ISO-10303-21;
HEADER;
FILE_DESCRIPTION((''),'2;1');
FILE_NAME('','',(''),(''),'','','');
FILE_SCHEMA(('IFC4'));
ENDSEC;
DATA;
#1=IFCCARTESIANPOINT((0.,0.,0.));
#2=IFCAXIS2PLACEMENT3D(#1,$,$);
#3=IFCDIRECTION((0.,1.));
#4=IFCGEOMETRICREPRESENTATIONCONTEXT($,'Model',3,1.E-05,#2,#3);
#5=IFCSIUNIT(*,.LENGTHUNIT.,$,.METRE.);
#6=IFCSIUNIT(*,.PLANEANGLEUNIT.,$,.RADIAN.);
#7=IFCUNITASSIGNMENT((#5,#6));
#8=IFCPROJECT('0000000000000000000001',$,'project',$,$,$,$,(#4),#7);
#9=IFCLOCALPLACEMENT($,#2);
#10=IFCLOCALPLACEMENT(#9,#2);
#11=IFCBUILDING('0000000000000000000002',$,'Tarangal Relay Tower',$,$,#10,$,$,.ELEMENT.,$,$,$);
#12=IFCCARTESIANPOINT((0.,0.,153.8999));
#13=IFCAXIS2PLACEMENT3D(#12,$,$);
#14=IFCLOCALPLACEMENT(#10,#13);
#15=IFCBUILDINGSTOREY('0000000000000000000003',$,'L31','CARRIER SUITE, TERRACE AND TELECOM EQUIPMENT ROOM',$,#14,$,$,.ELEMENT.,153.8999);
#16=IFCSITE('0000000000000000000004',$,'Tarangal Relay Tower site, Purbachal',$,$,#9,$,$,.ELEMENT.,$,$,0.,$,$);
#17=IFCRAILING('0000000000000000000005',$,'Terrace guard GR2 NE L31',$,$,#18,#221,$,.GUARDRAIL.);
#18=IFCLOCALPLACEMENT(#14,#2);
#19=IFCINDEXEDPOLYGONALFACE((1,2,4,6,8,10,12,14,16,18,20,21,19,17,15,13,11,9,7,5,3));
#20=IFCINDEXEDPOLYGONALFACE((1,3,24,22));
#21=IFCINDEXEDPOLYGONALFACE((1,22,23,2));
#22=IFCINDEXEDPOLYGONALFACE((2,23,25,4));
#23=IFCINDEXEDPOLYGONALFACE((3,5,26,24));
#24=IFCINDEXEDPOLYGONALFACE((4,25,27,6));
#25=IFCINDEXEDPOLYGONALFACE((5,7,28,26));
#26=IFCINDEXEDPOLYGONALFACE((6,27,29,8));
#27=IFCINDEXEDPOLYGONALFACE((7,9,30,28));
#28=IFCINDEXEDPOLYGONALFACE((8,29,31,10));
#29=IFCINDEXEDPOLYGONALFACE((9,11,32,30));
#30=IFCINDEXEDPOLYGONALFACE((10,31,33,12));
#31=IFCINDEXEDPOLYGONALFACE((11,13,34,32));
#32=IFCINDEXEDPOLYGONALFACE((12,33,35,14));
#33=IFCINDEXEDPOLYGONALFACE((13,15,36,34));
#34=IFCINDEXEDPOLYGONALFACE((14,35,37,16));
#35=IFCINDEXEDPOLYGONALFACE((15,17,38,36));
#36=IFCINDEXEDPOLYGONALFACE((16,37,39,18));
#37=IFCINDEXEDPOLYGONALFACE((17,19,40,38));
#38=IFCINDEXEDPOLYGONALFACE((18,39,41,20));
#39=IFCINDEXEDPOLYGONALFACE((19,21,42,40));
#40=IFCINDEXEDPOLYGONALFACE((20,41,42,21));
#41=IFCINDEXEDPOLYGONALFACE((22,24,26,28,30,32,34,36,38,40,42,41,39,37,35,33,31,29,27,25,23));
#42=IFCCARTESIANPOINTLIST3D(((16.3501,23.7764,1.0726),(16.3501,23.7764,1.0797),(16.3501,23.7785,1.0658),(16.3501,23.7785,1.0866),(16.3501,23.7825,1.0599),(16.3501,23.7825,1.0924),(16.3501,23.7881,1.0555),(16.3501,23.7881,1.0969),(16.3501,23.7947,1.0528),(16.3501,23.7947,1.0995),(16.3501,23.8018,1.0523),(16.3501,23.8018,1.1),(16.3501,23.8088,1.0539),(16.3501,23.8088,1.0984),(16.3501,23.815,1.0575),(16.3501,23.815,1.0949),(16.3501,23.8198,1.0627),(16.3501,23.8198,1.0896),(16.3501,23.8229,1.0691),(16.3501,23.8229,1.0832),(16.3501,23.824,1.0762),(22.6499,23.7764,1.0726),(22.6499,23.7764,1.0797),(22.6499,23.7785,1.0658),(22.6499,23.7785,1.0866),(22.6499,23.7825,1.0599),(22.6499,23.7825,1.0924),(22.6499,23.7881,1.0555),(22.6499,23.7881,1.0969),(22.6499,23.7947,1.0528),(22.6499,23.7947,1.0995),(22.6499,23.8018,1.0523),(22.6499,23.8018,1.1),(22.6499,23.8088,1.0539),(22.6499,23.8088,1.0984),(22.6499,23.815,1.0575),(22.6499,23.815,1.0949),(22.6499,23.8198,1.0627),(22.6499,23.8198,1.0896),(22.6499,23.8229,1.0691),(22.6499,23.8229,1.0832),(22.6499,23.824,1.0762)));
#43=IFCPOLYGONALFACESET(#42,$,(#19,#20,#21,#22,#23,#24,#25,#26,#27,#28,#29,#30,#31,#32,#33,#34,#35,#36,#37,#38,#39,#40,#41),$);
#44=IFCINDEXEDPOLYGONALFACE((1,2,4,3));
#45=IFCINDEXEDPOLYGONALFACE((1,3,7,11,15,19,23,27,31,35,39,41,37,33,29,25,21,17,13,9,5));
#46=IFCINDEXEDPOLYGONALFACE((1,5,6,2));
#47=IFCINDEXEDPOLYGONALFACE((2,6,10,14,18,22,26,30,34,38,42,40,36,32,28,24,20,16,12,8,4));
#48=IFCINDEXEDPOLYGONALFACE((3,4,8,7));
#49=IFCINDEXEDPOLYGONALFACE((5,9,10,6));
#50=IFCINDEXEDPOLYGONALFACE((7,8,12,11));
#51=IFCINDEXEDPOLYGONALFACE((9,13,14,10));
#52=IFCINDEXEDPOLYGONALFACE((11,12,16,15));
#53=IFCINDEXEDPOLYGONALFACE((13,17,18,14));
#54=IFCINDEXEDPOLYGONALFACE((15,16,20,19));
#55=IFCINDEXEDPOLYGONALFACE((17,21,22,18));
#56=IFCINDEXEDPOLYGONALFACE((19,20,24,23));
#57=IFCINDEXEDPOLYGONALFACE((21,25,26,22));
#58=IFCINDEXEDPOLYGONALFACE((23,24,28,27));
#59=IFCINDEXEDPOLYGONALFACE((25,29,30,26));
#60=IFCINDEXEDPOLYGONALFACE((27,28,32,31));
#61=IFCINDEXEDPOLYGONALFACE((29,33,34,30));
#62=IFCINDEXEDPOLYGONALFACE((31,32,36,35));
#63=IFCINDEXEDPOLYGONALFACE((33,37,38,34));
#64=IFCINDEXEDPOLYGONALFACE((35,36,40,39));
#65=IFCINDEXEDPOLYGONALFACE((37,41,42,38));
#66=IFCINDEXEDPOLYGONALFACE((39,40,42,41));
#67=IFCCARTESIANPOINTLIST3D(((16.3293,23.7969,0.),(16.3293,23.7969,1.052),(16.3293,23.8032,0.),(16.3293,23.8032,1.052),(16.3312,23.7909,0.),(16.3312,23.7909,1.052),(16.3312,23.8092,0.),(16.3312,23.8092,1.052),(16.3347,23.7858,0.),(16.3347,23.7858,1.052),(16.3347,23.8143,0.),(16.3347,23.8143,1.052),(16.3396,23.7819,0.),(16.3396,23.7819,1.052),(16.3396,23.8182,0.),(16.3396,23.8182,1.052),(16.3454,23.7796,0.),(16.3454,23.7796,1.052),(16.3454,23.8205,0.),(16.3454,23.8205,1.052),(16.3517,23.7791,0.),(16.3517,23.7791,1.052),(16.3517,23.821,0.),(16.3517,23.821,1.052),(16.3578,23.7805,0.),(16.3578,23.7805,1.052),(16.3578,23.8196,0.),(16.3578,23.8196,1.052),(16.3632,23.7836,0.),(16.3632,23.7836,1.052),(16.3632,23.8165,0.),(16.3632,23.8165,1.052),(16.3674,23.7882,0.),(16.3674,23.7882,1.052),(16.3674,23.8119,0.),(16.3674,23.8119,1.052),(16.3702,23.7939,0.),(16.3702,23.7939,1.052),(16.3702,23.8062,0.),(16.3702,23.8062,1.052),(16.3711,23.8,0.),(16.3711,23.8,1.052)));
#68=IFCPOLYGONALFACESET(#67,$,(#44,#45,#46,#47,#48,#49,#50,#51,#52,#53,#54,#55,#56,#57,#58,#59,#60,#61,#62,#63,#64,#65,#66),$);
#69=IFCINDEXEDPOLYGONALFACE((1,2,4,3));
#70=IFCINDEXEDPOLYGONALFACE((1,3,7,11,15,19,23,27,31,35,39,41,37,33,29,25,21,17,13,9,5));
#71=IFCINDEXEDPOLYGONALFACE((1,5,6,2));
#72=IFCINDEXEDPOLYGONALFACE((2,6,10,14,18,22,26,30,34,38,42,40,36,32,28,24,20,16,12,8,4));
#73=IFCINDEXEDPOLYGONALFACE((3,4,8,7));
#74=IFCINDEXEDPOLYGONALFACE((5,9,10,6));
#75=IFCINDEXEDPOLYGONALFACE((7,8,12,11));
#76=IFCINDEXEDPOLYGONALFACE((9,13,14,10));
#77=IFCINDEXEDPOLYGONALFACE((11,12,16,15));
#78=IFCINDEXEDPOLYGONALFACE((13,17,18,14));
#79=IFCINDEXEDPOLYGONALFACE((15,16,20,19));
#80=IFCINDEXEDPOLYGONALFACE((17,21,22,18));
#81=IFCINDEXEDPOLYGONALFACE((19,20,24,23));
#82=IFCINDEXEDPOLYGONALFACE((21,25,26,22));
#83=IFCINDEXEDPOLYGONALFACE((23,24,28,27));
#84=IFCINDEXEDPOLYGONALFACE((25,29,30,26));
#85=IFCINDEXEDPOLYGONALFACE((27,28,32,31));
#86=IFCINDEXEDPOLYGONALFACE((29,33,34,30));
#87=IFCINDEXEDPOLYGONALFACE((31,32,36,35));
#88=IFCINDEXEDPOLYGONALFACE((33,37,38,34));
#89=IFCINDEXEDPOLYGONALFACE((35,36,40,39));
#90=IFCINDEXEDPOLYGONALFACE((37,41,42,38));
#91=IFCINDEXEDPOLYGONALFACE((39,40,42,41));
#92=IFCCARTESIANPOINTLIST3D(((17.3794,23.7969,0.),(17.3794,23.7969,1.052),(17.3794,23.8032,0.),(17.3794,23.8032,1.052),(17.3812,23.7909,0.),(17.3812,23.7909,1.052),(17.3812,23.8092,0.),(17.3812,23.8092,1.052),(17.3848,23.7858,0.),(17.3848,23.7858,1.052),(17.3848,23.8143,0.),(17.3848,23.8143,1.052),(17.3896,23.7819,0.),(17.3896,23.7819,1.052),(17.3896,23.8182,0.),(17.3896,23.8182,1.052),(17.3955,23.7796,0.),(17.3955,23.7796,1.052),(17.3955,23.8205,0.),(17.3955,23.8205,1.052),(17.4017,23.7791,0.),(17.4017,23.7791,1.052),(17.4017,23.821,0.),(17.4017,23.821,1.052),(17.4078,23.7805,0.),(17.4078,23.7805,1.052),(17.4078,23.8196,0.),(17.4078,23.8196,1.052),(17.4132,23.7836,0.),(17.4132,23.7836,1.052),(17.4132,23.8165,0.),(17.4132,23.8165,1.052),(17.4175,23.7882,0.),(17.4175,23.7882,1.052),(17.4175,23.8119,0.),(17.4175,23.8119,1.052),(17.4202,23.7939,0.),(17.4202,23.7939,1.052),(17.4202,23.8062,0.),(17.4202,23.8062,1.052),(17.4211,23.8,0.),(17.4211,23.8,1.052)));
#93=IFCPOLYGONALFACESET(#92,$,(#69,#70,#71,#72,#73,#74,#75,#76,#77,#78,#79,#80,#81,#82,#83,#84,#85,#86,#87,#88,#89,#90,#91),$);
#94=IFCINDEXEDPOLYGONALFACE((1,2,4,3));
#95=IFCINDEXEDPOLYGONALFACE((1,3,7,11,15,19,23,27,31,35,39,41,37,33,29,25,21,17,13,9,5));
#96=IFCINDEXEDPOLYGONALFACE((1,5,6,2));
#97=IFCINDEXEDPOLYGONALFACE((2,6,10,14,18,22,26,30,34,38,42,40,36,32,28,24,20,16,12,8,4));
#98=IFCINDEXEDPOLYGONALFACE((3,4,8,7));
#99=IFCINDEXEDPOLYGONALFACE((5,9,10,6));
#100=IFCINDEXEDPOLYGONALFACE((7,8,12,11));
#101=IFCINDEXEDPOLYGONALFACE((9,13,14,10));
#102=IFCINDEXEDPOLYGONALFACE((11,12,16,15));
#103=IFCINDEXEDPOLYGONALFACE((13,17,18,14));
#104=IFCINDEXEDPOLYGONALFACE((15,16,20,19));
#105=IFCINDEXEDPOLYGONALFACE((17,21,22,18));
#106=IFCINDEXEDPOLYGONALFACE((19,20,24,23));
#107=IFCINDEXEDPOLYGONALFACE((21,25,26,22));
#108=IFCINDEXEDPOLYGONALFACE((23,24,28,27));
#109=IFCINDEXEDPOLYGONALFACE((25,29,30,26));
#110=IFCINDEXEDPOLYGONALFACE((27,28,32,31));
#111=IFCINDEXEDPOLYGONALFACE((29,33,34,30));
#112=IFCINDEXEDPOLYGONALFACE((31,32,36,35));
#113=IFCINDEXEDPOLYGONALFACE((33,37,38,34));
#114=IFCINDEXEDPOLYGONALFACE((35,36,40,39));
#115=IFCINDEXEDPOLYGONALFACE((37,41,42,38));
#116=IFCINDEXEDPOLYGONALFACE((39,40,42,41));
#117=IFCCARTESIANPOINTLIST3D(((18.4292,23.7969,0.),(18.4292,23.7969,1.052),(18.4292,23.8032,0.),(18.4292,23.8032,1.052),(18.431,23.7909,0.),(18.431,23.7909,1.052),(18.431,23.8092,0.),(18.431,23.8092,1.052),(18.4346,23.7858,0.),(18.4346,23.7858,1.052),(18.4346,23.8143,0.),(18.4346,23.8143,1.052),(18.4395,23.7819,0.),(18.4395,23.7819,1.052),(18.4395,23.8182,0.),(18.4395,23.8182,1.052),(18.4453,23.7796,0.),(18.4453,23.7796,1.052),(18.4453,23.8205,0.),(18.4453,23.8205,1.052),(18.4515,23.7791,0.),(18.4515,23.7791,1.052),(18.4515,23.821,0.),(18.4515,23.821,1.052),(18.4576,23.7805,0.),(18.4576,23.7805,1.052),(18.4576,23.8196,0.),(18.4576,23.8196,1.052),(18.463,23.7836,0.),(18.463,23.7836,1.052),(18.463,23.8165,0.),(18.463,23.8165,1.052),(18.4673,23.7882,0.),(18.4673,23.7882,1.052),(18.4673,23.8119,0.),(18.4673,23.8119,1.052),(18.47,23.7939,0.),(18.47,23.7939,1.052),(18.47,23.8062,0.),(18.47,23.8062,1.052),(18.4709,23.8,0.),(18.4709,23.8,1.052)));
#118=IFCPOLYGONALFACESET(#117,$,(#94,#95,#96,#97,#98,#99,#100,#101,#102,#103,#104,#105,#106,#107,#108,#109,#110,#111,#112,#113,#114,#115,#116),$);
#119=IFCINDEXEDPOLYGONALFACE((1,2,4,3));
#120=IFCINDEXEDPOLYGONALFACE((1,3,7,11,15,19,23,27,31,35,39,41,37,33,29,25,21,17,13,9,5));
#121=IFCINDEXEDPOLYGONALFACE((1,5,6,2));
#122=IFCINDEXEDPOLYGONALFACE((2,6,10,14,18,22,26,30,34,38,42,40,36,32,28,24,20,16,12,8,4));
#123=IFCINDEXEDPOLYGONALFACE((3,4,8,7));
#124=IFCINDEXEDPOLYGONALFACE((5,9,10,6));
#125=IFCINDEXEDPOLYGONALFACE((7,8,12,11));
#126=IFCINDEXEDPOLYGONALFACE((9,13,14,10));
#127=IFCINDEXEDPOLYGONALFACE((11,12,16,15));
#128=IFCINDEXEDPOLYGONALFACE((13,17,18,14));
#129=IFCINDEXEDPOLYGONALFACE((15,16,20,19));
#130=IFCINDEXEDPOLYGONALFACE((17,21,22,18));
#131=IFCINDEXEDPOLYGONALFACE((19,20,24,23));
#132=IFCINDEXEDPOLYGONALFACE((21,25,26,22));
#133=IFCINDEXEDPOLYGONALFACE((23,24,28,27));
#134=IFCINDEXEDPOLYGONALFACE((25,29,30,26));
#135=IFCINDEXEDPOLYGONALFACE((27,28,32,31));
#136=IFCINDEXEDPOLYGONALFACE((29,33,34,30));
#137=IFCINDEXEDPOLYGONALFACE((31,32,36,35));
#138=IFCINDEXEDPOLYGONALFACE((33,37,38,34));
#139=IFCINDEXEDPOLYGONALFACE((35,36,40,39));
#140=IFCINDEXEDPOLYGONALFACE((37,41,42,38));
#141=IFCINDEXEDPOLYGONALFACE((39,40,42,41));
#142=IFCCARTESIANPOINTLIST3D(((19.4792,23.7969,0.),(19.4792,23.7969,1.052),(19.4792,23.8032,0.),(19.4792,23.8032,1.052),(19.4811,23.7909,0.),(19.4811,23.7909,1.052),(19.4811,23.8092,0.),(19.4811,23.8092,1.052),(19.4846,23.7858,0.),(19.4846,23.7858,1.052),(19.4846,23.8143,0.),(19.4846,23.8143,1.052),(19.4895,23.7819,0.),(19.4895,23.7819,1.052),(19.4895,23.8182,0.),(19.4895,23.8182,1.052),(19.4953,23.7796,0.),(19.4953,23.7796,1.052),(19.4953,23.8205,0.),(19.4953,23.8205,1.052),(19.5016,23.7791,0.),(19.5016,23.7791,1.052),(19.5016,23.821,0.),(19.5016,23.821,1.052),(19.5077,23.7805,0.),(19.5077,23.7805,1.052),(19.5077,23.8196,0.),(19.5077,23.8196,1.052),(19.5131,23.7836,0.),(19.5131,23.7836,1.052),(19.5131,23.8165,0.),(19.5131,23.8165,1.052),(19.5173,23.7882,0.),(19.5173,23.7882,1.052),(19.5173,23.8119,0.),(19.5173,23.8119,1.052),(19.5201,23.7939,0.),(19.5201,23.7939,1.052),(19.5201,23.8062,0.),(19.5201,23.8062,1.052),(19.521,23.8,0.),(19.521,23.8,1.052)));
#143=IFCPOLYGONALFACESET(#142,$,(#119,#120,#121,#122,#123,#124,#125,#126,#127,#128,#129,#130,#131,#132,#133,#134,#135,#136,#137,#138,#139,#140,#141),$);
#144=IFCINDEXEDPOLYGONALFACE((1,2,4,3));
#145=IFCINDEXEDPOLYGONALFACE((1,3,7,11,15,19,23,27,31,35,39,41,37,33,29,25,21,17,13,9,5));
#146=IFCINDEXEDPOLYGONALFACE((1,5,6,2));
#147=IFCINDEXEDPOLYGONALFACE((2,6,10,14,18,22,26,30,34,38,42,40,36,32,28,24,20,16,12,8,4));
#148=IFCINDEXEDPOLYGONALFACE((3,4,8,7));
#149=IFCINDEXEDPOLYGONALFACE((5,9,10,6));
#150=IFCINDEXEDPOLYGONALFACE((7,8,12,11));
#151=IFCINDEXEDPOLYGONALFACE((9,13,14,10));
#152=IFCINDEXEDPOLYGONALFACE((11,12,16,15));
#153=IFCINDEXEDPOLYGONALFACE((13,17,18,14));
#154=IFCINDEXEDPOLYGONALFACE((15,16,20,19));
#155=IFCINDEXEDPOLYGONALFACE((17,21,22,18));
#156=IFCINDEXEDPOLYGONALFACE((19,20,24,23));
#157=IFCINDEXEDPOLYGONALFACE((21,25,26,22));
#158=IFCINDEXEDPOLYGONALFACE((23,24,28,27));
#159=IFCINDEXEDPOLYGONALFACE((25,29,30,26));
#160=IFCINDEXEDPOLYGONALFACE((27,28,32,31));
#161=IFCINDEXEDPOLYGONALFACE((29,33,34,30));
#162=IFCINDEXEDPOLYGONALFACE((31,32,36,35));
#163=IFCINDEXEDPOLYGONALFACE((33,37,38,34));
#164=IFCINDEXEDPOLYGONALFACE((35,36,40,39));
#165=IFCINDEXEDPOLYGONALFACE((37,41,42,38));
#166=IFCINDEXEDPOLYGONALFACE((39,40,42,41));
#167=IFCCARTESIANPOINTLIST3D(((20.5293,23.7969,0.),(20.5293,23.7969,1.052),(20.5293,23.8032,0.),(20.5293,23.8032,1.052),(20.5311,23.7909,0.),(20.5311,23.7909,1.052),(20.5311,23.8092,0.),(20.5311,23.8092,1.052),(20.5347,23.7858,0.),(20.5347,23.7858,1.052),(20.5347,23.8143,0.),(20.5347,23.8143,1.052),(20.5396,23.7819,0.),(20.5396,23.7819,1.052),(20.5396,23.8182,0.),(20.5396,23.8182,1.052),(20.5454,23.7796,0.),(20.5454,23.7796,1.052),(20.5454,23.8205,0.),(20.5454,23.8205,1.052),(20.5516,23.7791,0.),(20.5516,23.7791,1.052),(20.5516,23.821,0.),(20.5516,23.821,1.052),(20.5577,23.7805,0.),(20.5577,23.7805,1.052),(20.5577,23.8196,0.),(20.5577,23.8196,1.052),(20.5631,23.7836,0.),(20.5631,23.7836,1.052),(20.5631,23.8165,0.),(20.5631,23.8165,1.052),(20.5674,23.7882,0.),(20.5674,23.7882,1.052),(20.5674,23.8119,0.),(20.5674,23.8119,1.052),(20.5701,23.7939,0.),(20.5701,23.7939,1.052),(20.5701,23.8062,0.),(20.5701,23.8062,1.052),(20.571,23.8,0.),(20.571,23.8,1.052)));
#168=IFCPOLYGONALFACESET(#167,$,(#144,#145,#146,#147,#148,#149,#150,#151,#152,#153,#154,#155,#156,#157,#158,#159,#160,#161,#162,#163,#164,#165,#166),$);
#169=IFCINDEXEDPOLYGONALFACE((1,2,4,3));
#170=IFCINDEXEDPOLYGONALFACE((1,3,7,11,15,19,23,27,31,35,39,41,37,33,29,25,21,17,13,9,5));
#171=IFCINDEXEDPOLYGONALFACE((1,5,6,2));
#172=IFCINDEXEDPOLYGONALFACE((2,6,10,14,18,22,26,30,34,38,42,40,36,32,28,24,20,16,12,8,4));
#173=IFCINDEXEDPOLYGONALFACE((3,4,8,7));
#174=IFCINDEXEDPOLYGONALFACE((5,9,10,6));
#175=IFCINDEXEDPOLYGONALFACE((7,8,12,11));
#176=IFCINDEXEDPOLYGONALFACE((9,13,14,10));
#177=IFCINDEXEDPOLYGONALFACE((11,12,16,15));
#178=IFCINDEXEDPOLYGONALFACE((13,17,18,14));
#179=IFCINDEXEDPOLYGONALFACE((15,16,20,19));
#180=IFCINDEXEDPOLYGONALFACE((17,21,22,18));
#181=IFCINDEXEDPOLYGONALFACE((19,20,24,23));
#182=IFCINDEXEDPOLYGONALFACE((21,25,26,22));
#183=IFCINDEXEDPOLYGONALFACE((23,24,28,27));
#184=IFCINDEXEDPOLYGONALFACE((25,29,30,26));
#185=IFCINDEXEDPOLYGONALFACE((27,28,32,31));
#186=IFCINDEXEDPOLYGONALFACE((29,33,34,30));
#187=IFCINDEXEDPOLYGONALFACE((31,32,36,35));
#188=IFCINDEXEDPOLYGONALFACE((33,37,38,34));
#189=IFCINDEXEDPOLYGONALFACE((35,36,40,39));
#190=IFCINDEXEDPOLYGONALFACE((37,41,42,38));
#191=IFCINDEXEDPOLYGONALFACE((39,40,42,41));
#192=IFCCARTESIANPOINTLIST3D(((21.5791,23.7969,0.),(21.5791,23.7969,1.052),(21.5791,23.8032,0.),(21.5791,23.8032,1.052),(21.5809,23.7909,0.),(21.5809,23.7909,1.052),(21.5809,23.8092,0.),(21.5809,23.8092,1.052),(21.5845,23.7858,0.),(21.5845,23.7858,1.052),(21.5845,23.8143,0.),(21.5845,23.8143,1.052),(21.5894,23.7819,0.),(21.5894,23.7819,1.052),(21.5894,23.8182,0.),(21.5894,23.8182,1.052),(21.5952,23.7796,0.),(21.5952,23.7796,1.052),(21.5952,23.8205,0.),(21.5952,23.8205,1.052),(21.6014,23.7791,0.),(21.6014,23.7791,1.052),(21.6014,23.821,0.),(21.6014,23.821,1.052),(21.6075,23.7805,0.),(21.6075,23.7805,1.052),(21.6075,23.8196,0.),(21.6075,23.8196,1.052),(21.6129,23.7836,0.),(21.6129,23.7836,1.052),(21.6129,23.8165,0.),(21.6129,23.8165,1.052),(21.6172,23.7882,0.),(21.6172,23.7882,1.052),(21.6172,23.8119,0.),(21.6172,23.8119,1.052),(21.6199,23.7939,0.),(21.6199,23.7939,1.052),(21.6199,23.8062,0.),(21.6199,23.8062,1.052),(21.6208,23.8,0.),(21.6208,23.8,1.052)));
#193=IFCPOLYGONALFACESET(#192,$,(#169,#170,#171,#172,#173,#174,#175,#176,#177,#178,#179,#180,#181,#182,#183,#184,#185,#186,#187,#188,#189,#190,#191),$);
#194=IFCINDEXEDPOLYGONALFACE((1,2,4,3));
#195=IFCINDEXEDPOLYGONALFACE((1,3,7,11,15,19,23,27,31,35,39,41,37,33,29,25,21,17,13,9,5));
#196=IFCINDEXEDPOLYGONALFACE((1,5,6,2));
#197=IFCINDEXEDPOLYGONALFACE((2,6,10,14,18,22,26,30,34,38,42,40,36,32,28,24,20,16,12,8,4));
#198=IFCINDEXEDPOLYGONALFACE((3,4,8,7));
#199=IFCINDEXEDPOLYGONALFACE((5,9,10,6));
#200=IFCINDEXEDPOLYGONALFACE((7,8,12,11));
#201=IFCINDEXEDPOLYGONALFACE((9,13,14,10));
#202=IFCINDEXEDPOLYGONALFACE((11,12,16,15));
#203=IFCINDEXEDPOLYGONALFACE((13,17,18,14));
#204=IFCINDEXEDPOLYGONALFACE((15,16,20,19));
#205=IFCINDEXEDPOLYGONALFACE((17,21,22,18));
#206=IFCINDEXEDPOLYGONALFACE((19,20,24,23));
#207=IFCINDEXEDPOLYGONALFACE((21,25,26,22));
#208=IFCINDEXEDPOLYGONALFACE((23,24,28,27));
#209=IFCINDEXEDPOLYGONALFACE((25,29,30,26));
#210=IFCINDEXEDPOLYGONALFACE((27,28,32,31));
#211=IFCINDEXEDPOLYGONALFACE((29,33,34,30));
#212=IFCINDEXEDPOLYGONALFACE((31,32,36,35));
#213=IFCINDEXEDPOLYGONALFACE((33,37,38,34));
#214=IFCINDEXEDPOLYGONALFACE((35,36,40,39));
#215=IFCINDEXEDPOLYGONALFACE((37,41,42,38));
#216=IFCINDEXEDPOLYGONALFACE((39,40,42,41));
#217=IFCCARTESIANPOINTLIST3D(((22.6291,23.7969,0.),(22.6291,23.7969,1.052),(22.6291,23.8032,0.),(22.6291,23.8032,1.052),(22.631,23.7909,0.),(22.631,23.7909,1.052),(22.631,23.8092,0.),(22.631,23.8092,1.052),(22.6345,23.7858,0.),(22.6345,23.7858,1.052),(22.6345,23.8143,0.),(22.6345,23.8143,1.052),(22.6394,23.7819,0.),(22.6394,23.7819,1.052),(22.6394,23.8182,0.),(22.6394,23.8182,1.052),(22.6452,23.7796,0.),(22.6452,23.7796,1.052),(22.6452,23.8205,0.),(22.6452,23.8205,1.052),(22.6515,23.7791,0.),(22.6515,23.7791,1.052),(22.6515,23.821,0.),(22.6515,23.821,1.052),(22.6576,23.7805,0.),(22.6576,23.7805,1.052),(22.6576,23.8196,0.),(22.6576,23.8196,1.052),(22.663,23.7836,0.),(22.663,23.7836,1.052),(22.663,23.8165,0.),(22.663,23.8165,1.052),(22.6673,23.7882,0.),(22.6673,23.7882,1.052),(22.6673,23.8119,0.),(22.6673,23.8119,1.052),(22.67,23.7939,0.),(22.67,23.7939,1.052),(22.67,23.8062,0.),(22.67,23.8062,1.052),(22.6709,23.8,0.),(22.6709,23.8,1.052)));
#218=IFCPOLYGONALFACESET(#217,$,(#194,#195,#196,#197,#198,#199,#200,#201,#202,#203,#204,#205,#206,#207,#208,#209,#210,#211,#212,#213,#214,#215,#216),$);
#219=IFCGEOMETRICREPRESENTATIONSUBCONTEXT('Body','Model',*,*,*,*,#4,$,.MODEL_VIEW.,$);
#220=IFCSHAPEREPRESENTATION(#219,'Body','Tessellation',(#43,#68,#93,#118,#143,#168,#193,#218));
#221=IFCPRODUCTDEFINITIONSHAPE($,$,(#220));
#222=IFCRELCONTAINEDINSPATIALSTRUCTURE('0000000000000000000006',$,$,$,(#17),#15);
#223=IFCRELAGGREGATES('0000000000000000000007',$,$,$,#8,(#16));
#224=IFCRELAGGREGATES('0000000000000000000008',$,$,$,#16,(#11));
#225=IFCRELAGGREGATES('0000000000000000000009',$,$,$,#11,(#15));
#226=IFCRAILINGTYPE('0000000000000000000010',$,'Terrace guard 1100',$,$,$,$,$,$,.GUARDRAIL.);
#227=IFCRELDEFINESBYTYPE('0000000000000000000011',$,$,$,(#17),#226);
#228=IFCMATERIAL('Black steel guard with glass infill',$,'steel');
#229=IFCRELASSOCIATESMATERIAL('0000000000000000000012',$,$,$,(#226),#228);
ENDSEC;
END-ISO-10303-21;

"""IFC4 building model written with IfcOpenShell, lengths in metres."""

from ifc_helpers import new_model, si_unit, direction, frame, origin, origin_2d, place, context, subcontext, project, spatial, circle, extrude, material, type_object, element, save


model = new_model("IFC4")

# Units and contexts
model_context = context("Model", 3, precision=1e-05, world=origin(), true_north=direction((0.0, 1.0)))
body_context = subcontext(model_context, "Body", "Model", "MODEL_VIEW")
ifc_project = project(units=[si_unit("LENGTHUNIT", "METRE"), si_unit("PLANEANGLEUNIT", "RADIAN")], contexts=[model_context])

# Site, building, storey
site_placement = place(None, origin())
site = spatial("IfcSite", under=ifc_project, at=site_placement, Name="Tarangal Relay Tower site, Purbachal", CompositionType="ELEMENT", RefElevation=0.0)
building_placement = place(site_placement, origin())
building = spatial("IfcBuilding", under=site, at=building_placement, Name="Tarangal Relay Tower", CompositionType="ELEMENT")
storey_placement = place(building_placement, frame((0.0, 0.0, 153.8999)))
storey = spatial("IfcBuildingStorey", under=building, at=storey_placement, Name="L31", Description="CARRIER SUITE, TERRACE AND TELECOM EQUIPMENT ROOM", CompositionType="ELEMENT", Elevation=153.8999)

# Railing
ifc_material_1 = material(Name="Black steel guard with glass infill", Category="steel")
railing_type = type_object("IfcRailingType", Name="Terrace guard 1100", PredefinedType="GUARDRAIL", material=ifc_material_1)
railing_1_placement = place(storey_placement, frame((16.3501, 23.8, 0.0)))
element("IfcRailing", 1, at=railing_1_placement, inside=storey, type_object=railing_type, Name="Terrace guard GR2 NE L31", PredefinedType="GUARDRAIL", context=body_context, shape_type="SweptSolid", body=[
    extrude(circle(Radius=0.0239, at=origin_2d()), frame((0.0, 0.0, 1.0762), z_axis=(1.0, 0.0, 0.0), x_axis=(0.0, 1.0, 0.0)), (0.0, 0.0, 1.0), 6.2998),
    extrude(circle(Radius=0.021, at=origin_2d()), origin(), (0.0, 0.0, 1.0), 1.052),
    extrude(circle(Radius=0.021, at=origin_2d()), frame((1.05, 0.0, 0.0)), (0.0, 0.0, 1.0), 1.052),
    extrude(circle(Radius=0.021, at=origin_2d()), frame((2.0999, 0.0, 0.0)), (0.0, 0.0, 1.0), 1.052),
    extrude(circle(Radius=0.021, at=origin_2d()), frame((3.1499, 0.0, 0.0)), (0.0, 0.0, 1.0), 1.052),
    extrude(circle(Radius=0.021, at=origin_2d()), frame((4.2, 0.0, 0.0)), (0.0, 0.0, 1.0), 1.052),
    extrude(circle(Radius=0.021, at=origin_2d()), frame((5.2498, 0.0, 0.0)), (0.0, 0.0, 1.0), 1.052),
    extrude(circle(Radius=0.021, at=origin_2d()), frame((6.2998, 0.0, 0.0)), (0.0, 0.0, 1.0), 1.052),
])

save(model, "model.ifc")
